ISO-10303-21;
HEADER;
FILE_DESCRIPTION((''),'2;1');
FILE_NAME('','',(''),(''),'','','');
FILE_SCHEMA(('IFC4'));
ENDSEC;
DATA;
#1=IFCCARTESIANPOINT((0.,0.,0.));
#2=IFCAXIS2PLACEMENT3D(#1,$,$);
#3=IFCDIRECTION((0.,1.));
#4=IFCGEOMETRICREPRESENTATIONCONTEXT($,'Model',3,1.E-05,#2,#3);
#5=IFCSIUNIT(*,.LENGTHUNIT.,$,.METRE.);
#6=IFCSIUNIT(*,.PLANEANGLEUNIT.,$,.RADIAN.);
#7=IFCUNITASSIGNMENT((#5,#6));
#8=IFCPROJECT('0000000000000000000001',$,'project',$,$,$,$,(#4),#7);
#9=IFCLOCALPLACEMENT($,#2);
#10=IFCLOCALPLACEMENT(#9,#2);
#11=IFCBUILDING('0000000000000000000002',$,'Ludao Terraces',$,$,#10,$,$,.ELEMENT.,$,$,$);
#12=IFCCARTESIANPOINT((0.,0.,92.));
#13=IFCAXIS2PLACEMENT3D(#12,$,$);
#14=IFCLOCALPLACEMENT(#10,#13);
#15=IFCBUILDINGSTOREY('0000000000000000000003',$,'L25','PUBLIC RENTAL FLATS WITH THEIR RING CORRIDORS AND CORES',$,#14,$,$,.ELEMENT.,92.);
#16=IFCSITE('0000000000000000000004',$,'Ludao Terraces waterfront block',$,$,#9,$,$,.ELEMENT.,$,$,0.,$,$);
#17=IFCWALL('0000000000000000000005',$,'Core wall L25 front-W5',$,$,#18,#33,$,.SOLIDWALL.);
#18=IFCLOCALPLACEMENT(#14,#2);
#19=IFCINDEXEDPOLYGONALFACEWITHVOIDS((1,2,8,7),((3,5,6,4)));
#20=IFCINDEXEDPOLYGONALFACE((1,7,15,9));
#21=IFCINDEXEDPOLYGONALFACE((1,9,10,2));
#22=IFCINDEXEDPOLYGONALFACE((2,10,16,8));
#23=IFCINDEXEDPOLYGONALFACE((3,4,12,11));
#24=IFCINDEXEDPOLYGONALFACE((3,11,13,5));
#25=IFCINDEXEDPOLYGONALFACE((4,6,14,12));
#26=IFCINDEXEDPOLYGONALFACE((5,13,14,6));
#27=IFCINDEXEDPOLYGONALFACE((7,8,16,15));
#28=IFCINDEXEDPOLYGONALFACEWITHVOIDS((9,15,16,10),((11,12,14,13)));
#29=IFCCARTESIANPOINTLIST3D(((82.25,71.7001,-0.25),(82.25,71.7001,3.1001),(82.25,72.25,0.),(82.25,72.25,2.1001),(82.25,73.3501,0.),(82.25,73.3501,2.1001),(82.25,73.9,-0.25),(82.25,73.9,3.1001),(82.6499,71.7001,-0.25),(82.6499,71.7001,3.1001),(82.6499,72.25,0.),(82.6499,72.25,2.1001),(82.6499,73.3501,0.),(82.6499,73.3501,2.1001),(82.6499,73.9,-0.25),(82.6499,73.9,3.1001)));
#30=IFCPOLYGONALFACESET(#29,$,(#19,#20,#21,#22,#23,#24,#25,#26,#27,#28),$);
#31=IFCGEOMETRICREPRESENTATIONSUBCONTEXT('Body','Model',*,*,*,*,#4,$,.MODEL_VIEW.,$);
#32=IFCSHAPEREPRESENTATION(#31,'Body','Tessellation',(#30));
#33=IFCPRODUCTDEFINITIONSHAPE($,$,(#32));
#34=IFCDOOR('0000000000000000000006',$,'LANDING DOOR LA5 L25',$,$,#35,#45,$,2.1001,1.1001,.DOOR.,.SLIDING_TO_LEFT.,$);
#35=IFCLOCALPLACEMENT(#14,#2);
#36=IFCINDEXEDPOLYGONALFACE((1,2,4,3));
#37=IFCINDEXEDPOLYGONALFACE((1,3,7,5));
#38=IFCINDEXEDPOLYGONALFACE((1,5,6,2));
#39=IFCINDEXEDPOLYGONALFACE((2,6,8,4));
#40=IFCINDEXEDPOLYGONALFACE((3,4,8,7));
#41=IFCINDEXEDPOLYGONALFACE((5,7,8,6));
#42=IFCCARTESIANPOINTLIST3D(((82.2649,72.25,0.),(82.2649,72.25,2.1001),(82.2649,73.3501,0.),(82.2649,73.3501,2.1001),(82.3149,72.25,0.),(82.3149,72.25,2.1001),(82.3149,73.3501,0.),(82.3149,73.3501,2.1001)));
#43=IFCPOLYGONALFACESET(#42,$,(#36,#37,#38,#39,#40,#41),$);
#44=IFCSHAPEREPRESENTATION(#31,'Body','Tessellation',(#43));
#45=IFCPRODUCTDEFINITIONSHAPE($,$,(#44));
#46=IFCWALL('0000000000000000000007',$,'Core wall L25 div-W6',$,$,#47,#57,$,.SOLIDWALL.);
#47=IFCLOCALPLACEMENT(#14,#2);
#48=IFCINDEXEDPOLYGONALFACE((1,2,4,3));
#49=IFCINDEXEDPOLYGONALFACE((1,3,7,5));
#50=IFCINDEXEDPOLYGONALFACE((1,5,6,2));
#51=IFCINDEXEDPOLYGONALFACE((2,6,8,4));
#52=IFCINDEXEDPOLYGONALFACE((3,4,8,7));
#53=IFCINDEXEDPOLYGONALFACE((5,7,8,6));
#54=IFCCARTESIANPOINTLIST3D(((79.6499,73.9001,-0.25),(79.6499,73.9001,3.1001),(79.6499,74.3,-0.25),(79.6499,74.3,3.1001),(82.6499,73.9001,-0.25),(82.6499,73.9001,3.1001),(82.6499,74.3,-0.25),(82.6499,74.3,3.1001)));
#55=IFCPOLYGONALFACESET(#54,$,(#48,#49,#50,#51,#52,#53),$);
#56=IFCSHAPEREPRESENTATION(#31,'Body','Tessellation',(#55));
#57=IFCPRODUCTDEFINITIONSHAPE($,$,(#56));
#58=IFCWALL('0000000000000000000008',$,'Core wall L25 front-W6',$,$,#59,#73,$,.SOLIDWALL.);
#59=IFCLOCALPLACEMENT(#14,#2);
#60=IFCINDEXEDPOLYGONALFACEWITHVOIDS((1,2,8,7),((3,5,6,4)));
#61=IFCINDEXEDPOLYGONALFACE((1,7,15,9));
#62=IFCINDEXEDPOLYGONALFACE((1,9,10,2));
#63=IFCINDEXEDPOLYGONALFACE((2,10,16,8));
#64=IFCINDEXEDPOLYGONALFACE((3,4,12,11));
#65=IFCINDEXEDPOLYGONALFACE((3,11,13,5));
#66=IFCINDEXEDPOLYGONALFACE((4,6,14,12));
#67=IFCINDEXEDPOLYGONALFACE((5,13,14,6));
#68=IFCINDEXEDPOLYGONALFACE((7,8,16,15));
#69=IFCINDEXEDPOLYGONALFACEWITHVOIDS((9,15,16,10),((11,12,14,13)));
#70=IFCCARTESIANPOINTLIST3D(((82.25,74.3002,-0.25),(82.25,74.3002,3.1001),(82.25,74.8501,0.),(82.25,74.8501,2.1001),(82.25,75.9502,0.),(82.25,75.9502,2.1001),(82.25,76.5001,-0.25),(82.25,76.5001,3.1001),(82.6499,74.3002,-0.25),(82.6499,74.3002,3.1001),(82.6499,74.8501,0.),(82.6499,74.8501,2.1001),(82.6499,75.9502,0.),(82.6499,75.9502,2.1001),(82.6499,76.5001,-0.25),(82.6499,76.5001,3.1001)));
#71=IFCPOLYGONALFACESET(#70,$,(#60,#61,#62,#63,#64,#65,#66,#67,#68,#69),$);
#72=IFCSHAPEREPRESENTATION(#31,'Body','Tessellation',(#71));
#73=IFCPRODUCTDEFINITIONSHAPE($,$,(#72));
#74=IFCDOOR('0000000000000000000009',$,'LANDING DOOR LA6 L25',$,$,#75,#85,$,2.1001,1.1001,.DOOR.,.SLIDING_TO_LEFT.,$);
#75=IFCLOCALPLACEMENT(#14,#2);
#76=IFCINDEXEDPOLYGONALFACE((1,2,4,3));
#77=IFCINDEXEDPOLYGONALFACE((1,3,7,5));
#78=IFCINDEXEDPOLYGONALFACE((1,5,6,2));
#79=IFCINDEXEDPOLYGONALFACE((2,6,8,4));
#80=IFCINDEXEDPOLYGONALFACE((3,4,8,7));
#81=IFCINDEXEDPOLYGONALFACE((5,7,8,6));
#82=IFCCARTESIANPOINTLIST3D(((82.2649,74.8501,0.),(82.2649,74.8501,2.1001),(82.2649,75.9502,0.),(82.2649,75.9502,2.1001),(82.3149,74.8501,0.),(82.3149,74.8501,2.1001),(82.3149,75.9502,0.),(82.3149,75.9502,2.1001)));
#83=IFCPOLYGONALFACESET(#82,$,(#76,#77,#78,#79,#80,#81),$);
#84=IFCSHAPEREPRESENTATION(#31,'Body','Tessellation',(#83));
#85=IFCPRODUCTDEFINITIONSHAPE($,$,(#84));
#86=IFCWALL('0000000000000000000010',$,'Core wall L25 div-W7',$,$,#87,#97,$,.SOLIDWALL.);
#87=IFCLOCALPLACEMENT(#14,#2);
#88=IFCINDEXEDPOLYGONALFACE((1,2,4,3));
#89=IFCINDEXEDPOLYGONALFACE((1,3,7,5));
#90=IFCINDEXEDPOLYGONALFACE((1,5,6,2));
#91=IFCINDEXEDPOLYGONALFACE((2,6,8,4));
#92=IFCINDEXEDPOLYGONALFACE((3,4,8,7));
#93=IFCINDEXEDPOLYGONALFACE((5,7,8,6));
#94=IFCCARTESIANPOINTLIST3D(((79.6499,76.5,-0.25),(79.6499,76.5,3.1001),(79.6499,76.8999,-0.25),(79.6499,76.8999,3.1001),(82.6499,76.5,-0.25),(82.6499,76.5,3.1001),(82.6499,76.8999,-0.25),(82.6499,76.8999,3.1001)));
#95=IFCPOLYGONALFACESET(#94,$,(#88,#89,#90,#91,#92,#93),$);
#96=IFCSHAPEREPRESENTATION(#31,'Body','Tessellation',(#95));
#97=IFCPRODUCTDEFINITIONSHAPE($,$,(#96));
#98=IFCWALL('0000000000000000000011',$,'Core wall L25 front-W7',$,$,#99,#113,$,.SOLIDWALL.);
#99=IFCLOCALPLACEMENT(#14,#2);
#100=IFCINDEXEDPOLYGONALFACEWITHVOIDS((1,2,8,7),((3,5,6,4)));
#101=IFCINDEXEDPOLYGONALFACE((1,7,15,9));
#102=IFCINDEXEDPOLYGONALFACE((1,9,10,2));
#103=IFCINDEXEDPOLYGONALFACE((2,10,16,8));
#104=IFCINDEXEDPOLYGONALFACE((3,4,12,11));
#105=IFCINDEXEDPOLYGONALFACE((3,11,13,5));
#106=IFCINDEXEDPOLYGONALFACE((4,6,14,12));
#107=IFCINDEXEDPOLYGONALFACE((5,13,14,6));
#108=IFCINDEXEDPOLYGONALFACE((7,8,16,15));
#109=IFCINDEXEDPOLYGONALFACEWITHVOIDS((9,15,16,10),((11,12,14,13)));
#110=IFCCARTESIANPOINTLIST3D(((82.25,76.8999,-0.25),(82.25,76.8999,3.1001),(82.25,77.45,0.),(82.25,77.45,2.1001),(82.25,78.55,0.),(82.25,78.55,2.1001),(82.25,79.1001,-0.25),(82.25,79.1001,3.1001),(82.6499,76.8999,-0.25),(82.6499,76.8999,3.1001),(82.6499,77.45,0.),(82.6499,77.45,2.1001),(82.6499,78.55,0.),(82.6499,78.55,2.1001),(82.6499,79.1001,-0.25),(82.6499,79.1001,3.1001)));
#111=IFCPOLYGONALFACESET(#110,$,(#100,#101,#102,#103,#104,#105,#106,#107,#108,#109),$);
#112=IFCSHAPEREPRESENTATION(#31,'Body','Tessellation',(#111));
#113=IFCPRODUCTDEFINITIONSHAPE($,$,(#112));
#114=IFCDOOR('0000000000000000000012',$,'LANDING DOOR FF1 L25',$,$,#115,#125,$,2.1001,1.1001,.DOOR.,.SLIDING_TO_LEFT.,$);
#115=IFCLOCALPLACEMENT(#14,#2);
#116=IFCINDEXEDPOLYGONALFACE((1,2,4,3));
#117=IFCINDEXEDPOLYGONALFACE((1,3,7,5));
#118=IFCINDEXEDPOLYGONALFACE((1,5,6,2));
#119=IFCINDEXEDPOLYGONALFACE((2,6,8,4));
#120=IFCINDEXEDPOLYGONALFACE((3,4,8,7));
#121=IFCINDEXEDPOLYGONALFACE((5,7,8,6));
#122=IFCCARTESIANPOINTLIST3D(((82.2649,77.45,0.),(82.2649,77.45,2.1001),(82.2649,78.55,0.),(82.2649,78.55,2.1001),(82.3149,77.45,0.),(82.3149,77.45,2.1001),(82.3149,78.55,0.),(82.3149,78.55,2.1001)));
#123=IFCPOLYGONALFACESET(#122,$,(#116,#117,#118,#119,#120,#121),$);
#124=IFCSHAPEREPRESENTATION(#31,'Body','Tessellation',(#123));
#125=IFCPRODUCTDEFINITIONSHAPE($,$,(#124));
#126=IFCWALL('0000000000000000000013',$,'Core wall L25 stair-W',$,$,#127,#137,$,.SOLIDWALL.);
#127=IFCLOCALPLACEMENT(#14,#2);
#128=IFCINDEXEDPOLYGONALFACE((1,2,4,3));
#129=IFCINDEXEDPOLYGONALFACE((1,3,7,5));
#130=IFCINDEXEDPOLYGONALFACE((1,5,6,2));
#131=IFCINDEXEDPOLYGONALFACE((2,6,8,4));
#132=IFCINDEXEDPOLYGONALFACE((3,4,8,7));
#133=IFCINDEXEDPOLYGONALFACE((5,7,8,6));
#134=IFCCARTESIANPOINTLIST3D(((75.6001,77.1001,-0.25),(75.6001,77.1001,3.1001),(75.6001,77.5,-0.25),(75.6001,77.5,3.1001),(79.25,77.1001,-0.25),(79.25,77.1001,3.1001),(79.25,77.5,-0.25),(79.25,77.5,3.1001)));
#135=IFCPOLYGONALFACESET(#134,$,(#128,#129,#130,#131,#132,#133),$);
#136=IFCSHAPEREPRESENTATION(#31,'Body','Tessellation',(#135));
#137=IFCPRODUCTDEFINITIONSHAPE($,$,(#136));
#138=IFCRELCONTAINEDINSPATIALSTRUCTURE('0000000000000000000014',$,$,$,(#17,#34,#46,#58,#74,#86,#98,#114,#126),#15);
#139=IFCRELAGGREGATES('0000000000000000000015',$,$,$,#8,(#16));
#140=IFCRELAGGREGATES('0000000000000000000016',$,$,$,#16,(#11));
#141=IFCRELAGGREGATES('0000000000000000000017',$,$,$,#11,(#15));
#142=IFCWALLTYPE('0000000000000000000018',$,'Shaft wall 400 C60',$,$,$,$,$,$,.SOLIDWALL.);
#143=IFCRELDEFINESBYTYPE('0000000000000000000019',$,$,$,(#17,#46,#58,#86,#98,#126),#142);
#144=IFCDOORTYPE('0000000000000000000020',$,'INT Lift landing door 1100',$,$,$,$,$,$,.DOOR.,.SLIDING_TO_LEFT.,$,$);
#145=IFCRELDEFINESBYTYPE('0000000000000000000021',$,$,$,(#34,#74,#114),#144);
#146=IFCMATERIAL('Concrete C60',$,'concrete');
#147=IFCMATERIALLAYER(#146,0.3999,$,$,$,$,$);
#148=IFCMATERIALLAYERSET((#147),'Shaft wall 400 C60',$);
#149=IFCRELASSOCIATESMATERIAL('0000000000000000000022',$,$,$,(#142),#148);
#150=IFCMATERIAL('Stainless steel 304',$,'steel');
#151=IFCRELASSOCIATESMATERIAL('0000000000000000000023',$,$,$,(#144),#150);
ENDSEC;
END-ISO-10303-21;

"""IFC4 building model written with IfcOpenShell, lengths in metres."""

from ifc_helpers import new_model, si_unit, direction, frame, frame_2d, origin, place, context, subcontext, project, spatial, rectangle, extrude, material, layer, layer_set, type_object, element, fill, save


model = new_model("IFC4")

# Units and contexts
model_context = context("Model", 3, precision=1e-05, world=origin(), true_north=direction((0.0, 1.0)))
body_context = subcontext(model_context, "Body", "Model", "MODEL_VIEW")
ifc_project = project(units=[si_unit("LENGTHUNIT", "METRE"), si_unit("PLANEANGLEUNIT", "RADIAN")], contexts=[model_context])

# Site, building, storey
site_placement = place(None, origin())
site = spatial("IfcSite", under=ifc_project, at=site_placement, Name="Ludao Terraces waterfront block", CompositionType="ELEMENT", RefElevation=0.0)
building_placement = place(site_placement, origin())
building = spatial("IfcBuilding", under=site, at=building_placement, Name="Ludao Terraces", CompositionType="ELEMENT")
storey_placement = place(building_placement, frame((0.0, 0.0, 92.0)))
storey = spatial("IfcBuildingStorey", under=building, at=storey_placement, Name="L25", Description="PUBLIC RENTAL FLATS WITH THEIR RING CORRIDORS AND CORES", CompositionType="ELEMENT", Elevation=92.0)

# Shared definitions
ifc_material_1 = material(Name="Concrete C60", Category="concrete")
ifc_layer_1 = layer(ifc_material_1, 0.3999)
ifc_layer_set_1 = layer_set([ifc_layer_1], Name="Shaft wall 400 C60")
wall_type_1 = type_object("IfcWallType", Name="Shaft wall 400 C60", PredefinedType="SOLIDWALL", material=ifc_layer_set_1)

# Shared definitions
ifc_material_2 = material(Name="Stainless steel 304", Category="steel")
door_type_1 = type_object("IfcDoorType", Name="INT Lift landing door 1100", OperationType="SLIDING_TO_LEFT", PredefinedType="DOOR", material=ifc_material_2)

# Wall, opening, door
wall_1_placement = place(storey_placement, frame((82.45, 71.7, -0.25), z_axis=(0.0, 0.0, 1.0), x_axis=(0.0, 1.0, 0.0)))
wall_1 = element("IfcWall", 1, at=wall_1_placement, inside=storey, type_object=wall_type_1, Name="Core wall L25 front-W5", PredefinedType="SOLIDWALL", context=body_context, shape_type="SweptSolid", body=[
    extrude(rectangle(XDim=2.2, YDim=0.3999, at=frame_2d((1.1001, 0.0))), origin(), (0.0, 0.0, 1.0), 3.3501),
])
opening_1_placement = place(wall_1_placement, frame((0.55, 0.0, 0.25)))
opening_1 = element("IfcOpeningElement", 2, at=opening_1_placement, cuts=wall_1, PredefinedType="OPENING", context=body_context, shape_type="SweptSolid", body=[
    extrude(rectangle(XDim=1.1001, YDim=2.1001, at=frame_2d((0.55, 1.05))), frame((0.0, 0.21, 0.0), z_axis=(0.0, -1.0, 0.0), x_axis=(1.0, 0.0, 0.0)), (0.0, 0.0, 1.0), 0.4199),
])
door_1_placement = place(opening_1_placement, origin())
door_1 = element("IfcDoor", 3, at=door_1_placement, inside=storey, type_object=door_type_1, Name="LANDING DOOR LA5 L25", OperationType="SLIDING_TO_LEFT", OverallHeight=2.1001, OverallWidth=1.1001, PredefinedType="DOOR", context=body_context, shape_type="SweptSolid", body=[
    extrude(rectangle(XDim=1.1001, YDim=2.1001, at=frame_2d((0.55, 1.05))), frame((0.0, 0.1851, 0.0), z_axis=(0.0, -1.0, 0.0), x_axis=(1.0, 0.0, 0.0)), (0.0, 0.0, 1.0), 0.05),
])
fill(opening_1, door_1)

# Wall
wall_2_placement = place(storey_placement, frame((79.6499, 74.1001, -0.25), z_axis=(0.0, 0.0, 1.0), x_axis=(1.0, 0.0, 0.0)))
element("IfcWall", 4, at=wall_2_placement, inside=storey, type_object=wall_type_1, Name="Core wall L25 div-W6", PredefinedType="SOLIDWALL", context=body_context, shape_type="SweptSolid", body=[
    extrude(rectangle(XDim=3.0, YDim=0.3999, at=frame_2d((1.5, 0.0))), origin(), (0.0, 0.0, 1.0), 3.3501),
])

# Wall, opening, door
wall_3_placement = place(storey_placement, frame((82.45, 74.3, -0.25), z_axis=(0.0, 0.0, 1.0), x_axis=(0.0, 1.0, 0.0)))
wall_3 = element("IfcWall", 5, at=wall_3_placement, inside=storey, type_object=wall_type_1, Name="Core wall L25 front-W6", PredefinedType="SOLIDWALL", context=body_context, shape_type="SweptSolid", body=[
    extrude(rectangle(XDim=2.2, YDim=0.3999, at=frame_2d((1.1001, 0.0))), origin(), (0.0, 0.0, 1.0), 3.3501),
])
opening_2_placement = place(wall_3_placement, frame((0.55, 0.0, 0.25)))
opening_2 = element("IfcOpeningElement", 6, at=opening_2_placement, cuts=wall_3, PredefinedType="OPENING", context=body_context, shape_type="SweptSolid", body=[
    extrude(rectangle(XDim=1.1001, YDim=2.1001, at=frame_2d((0.55, 1.05))), frame((0.0, 0.21, 0.0), z_axis=(0.0, -1.0, 0.0), x_axis=(1.0, 0.0, 0.0)), (0.0, 0.0, 1.0), 0.4199),
])
door_2_placement = place(opening_2_placement, origin())
door_2 = element("IfcDoor", 7, at=door_2_placement, inside=storey, type_object=door_type_1, Name="LANDING DOOR LA6 L25", OperationType="SLIDING_TO_LEFT", OverallHeight=2.1001, OverallWidth=1.1001, PredefinedType="DOOR", context=body_context, shape_type="SweptSolid", body=[
    extrude(rectangle(XDim=1.1001, YDim=2.1001, at=frame_2d((0.55, 1.05))), frame((0.0, 0.1851, 0.0), z_axis=(0.0, -1.0, 0.0), x_axis=(1.0, 0.0, 0.0)), (0.0, 0.0, 1.0), 0.05),
])
fill(opening_2, door_2)

# Wall
wall_4_placement = place(storey_placement, frame((79.6499, 76.7, -0.25), z_axis=(0.0, 0.0, 1.0), x_axis=(1.0, 0.0, 0.0)))
element("IfcWall", 8, at=wall_4_placement, inside=storey, type_object=wall_type_1, Name="Core wall L25 div-W7", PredefinedType="SOLIDWALL", context=body_context, shape_type="SweptSolid", body=[
    extrude(rectangle(XDim=3.0, YDim=0.3999, at=frame_2d((1.5, 0.0))), origin(), (0.0, 0.0, 1.0), 3.3501),
])

# Wall, opening, door
wall_5_placement = place(storey_placement, frame((82.45, 76.8999, -0.25), z_axis=(0.0, 0.0, 1.0), x_axis=(0.0, 1.0, 0.0)))
wall_5 = element("IfcWall", 9, at=wall_5_placement, inside=storey, type_object=wall_type_1, Name="Core wall L25 front-W7", PredefinedType="SOLIDWALL", context=body_context, shape_type="SweptSolid", body=[
    extrude(rectangle(XDim=2.2002, YDim=0.3999, at=frame_2d((1.1001, 0.0))), origin(), (0.0, 0.0, 1.0), 3.3501),
])
opening_3_placement = place(wall_5_placement, frame((0.55, 0.0, 0.25)))
opening_3 = element("IfcOpeningElement", 10, at=opening_3_placement, cuts=wall_5, PredefinedType="OPENING", context=body_context, shape_type="SweptSolid", body=[
    extrude(rectangle(XDim=1.1001, YDim=2.1001, at=frame_2d((0.55, 1.05))), frame((0.0, 0.21, 0.0), z_axis=(0.0, -1.0, 0.0), x_axis=(1.0, 0.0, 0.0)), (0.0, 0.0, 1.0), 0.4199),
])
door_3_placement = place(opening_3_placement, origin())
door_3 = element("IfcDoor", 11, at=door_3_placement, inside=storey, type_object=door_type_1, Name="LANDING DOOR FF1 L25", OperationType="SLIDING_TO_LEFT", OverallHeight=2.1001, OverallWidth=1.1001, PredefinedType="DOOR", context=body_context, shape_type="SweptSolid", body=[
    extrude(rectangle(XDim=1.1001, YDim=2.1001, at=frame_2d((0.55, 1.05))), frame((0.0, 0.1851, 0.0), z_axis=(0.0, -1.0, 0.0), x_axis=(1.0, 0.0, 0.0)), (0.0, 0.0, 1.0), 0.05),
])
fill(opening_3, door_3)

# Wall
wall_6_placement = place(storey_placement, frame((75.6001, 77.3, -0.25), z_axis=(0.0, 0.0, 1.0), x_axis=(1.0, 0.0, 0.0)))
element("IfcWall", 12, at=wall_6_placement, inside=storey, type_object=wall_type_1, Name="Core wall L25 stair-W", PredefinedType="SOLIDWALL", context=body_context, shape_type="SweptSolid", body=[
    extrude(rectangle(XDim=3.6499, YDim=0.3999, at=frame_2d((1.825, 0.0))), origin(), (0.0, 0.0, 1.0), 3.3501),
])

save(model, "model.ifc")
